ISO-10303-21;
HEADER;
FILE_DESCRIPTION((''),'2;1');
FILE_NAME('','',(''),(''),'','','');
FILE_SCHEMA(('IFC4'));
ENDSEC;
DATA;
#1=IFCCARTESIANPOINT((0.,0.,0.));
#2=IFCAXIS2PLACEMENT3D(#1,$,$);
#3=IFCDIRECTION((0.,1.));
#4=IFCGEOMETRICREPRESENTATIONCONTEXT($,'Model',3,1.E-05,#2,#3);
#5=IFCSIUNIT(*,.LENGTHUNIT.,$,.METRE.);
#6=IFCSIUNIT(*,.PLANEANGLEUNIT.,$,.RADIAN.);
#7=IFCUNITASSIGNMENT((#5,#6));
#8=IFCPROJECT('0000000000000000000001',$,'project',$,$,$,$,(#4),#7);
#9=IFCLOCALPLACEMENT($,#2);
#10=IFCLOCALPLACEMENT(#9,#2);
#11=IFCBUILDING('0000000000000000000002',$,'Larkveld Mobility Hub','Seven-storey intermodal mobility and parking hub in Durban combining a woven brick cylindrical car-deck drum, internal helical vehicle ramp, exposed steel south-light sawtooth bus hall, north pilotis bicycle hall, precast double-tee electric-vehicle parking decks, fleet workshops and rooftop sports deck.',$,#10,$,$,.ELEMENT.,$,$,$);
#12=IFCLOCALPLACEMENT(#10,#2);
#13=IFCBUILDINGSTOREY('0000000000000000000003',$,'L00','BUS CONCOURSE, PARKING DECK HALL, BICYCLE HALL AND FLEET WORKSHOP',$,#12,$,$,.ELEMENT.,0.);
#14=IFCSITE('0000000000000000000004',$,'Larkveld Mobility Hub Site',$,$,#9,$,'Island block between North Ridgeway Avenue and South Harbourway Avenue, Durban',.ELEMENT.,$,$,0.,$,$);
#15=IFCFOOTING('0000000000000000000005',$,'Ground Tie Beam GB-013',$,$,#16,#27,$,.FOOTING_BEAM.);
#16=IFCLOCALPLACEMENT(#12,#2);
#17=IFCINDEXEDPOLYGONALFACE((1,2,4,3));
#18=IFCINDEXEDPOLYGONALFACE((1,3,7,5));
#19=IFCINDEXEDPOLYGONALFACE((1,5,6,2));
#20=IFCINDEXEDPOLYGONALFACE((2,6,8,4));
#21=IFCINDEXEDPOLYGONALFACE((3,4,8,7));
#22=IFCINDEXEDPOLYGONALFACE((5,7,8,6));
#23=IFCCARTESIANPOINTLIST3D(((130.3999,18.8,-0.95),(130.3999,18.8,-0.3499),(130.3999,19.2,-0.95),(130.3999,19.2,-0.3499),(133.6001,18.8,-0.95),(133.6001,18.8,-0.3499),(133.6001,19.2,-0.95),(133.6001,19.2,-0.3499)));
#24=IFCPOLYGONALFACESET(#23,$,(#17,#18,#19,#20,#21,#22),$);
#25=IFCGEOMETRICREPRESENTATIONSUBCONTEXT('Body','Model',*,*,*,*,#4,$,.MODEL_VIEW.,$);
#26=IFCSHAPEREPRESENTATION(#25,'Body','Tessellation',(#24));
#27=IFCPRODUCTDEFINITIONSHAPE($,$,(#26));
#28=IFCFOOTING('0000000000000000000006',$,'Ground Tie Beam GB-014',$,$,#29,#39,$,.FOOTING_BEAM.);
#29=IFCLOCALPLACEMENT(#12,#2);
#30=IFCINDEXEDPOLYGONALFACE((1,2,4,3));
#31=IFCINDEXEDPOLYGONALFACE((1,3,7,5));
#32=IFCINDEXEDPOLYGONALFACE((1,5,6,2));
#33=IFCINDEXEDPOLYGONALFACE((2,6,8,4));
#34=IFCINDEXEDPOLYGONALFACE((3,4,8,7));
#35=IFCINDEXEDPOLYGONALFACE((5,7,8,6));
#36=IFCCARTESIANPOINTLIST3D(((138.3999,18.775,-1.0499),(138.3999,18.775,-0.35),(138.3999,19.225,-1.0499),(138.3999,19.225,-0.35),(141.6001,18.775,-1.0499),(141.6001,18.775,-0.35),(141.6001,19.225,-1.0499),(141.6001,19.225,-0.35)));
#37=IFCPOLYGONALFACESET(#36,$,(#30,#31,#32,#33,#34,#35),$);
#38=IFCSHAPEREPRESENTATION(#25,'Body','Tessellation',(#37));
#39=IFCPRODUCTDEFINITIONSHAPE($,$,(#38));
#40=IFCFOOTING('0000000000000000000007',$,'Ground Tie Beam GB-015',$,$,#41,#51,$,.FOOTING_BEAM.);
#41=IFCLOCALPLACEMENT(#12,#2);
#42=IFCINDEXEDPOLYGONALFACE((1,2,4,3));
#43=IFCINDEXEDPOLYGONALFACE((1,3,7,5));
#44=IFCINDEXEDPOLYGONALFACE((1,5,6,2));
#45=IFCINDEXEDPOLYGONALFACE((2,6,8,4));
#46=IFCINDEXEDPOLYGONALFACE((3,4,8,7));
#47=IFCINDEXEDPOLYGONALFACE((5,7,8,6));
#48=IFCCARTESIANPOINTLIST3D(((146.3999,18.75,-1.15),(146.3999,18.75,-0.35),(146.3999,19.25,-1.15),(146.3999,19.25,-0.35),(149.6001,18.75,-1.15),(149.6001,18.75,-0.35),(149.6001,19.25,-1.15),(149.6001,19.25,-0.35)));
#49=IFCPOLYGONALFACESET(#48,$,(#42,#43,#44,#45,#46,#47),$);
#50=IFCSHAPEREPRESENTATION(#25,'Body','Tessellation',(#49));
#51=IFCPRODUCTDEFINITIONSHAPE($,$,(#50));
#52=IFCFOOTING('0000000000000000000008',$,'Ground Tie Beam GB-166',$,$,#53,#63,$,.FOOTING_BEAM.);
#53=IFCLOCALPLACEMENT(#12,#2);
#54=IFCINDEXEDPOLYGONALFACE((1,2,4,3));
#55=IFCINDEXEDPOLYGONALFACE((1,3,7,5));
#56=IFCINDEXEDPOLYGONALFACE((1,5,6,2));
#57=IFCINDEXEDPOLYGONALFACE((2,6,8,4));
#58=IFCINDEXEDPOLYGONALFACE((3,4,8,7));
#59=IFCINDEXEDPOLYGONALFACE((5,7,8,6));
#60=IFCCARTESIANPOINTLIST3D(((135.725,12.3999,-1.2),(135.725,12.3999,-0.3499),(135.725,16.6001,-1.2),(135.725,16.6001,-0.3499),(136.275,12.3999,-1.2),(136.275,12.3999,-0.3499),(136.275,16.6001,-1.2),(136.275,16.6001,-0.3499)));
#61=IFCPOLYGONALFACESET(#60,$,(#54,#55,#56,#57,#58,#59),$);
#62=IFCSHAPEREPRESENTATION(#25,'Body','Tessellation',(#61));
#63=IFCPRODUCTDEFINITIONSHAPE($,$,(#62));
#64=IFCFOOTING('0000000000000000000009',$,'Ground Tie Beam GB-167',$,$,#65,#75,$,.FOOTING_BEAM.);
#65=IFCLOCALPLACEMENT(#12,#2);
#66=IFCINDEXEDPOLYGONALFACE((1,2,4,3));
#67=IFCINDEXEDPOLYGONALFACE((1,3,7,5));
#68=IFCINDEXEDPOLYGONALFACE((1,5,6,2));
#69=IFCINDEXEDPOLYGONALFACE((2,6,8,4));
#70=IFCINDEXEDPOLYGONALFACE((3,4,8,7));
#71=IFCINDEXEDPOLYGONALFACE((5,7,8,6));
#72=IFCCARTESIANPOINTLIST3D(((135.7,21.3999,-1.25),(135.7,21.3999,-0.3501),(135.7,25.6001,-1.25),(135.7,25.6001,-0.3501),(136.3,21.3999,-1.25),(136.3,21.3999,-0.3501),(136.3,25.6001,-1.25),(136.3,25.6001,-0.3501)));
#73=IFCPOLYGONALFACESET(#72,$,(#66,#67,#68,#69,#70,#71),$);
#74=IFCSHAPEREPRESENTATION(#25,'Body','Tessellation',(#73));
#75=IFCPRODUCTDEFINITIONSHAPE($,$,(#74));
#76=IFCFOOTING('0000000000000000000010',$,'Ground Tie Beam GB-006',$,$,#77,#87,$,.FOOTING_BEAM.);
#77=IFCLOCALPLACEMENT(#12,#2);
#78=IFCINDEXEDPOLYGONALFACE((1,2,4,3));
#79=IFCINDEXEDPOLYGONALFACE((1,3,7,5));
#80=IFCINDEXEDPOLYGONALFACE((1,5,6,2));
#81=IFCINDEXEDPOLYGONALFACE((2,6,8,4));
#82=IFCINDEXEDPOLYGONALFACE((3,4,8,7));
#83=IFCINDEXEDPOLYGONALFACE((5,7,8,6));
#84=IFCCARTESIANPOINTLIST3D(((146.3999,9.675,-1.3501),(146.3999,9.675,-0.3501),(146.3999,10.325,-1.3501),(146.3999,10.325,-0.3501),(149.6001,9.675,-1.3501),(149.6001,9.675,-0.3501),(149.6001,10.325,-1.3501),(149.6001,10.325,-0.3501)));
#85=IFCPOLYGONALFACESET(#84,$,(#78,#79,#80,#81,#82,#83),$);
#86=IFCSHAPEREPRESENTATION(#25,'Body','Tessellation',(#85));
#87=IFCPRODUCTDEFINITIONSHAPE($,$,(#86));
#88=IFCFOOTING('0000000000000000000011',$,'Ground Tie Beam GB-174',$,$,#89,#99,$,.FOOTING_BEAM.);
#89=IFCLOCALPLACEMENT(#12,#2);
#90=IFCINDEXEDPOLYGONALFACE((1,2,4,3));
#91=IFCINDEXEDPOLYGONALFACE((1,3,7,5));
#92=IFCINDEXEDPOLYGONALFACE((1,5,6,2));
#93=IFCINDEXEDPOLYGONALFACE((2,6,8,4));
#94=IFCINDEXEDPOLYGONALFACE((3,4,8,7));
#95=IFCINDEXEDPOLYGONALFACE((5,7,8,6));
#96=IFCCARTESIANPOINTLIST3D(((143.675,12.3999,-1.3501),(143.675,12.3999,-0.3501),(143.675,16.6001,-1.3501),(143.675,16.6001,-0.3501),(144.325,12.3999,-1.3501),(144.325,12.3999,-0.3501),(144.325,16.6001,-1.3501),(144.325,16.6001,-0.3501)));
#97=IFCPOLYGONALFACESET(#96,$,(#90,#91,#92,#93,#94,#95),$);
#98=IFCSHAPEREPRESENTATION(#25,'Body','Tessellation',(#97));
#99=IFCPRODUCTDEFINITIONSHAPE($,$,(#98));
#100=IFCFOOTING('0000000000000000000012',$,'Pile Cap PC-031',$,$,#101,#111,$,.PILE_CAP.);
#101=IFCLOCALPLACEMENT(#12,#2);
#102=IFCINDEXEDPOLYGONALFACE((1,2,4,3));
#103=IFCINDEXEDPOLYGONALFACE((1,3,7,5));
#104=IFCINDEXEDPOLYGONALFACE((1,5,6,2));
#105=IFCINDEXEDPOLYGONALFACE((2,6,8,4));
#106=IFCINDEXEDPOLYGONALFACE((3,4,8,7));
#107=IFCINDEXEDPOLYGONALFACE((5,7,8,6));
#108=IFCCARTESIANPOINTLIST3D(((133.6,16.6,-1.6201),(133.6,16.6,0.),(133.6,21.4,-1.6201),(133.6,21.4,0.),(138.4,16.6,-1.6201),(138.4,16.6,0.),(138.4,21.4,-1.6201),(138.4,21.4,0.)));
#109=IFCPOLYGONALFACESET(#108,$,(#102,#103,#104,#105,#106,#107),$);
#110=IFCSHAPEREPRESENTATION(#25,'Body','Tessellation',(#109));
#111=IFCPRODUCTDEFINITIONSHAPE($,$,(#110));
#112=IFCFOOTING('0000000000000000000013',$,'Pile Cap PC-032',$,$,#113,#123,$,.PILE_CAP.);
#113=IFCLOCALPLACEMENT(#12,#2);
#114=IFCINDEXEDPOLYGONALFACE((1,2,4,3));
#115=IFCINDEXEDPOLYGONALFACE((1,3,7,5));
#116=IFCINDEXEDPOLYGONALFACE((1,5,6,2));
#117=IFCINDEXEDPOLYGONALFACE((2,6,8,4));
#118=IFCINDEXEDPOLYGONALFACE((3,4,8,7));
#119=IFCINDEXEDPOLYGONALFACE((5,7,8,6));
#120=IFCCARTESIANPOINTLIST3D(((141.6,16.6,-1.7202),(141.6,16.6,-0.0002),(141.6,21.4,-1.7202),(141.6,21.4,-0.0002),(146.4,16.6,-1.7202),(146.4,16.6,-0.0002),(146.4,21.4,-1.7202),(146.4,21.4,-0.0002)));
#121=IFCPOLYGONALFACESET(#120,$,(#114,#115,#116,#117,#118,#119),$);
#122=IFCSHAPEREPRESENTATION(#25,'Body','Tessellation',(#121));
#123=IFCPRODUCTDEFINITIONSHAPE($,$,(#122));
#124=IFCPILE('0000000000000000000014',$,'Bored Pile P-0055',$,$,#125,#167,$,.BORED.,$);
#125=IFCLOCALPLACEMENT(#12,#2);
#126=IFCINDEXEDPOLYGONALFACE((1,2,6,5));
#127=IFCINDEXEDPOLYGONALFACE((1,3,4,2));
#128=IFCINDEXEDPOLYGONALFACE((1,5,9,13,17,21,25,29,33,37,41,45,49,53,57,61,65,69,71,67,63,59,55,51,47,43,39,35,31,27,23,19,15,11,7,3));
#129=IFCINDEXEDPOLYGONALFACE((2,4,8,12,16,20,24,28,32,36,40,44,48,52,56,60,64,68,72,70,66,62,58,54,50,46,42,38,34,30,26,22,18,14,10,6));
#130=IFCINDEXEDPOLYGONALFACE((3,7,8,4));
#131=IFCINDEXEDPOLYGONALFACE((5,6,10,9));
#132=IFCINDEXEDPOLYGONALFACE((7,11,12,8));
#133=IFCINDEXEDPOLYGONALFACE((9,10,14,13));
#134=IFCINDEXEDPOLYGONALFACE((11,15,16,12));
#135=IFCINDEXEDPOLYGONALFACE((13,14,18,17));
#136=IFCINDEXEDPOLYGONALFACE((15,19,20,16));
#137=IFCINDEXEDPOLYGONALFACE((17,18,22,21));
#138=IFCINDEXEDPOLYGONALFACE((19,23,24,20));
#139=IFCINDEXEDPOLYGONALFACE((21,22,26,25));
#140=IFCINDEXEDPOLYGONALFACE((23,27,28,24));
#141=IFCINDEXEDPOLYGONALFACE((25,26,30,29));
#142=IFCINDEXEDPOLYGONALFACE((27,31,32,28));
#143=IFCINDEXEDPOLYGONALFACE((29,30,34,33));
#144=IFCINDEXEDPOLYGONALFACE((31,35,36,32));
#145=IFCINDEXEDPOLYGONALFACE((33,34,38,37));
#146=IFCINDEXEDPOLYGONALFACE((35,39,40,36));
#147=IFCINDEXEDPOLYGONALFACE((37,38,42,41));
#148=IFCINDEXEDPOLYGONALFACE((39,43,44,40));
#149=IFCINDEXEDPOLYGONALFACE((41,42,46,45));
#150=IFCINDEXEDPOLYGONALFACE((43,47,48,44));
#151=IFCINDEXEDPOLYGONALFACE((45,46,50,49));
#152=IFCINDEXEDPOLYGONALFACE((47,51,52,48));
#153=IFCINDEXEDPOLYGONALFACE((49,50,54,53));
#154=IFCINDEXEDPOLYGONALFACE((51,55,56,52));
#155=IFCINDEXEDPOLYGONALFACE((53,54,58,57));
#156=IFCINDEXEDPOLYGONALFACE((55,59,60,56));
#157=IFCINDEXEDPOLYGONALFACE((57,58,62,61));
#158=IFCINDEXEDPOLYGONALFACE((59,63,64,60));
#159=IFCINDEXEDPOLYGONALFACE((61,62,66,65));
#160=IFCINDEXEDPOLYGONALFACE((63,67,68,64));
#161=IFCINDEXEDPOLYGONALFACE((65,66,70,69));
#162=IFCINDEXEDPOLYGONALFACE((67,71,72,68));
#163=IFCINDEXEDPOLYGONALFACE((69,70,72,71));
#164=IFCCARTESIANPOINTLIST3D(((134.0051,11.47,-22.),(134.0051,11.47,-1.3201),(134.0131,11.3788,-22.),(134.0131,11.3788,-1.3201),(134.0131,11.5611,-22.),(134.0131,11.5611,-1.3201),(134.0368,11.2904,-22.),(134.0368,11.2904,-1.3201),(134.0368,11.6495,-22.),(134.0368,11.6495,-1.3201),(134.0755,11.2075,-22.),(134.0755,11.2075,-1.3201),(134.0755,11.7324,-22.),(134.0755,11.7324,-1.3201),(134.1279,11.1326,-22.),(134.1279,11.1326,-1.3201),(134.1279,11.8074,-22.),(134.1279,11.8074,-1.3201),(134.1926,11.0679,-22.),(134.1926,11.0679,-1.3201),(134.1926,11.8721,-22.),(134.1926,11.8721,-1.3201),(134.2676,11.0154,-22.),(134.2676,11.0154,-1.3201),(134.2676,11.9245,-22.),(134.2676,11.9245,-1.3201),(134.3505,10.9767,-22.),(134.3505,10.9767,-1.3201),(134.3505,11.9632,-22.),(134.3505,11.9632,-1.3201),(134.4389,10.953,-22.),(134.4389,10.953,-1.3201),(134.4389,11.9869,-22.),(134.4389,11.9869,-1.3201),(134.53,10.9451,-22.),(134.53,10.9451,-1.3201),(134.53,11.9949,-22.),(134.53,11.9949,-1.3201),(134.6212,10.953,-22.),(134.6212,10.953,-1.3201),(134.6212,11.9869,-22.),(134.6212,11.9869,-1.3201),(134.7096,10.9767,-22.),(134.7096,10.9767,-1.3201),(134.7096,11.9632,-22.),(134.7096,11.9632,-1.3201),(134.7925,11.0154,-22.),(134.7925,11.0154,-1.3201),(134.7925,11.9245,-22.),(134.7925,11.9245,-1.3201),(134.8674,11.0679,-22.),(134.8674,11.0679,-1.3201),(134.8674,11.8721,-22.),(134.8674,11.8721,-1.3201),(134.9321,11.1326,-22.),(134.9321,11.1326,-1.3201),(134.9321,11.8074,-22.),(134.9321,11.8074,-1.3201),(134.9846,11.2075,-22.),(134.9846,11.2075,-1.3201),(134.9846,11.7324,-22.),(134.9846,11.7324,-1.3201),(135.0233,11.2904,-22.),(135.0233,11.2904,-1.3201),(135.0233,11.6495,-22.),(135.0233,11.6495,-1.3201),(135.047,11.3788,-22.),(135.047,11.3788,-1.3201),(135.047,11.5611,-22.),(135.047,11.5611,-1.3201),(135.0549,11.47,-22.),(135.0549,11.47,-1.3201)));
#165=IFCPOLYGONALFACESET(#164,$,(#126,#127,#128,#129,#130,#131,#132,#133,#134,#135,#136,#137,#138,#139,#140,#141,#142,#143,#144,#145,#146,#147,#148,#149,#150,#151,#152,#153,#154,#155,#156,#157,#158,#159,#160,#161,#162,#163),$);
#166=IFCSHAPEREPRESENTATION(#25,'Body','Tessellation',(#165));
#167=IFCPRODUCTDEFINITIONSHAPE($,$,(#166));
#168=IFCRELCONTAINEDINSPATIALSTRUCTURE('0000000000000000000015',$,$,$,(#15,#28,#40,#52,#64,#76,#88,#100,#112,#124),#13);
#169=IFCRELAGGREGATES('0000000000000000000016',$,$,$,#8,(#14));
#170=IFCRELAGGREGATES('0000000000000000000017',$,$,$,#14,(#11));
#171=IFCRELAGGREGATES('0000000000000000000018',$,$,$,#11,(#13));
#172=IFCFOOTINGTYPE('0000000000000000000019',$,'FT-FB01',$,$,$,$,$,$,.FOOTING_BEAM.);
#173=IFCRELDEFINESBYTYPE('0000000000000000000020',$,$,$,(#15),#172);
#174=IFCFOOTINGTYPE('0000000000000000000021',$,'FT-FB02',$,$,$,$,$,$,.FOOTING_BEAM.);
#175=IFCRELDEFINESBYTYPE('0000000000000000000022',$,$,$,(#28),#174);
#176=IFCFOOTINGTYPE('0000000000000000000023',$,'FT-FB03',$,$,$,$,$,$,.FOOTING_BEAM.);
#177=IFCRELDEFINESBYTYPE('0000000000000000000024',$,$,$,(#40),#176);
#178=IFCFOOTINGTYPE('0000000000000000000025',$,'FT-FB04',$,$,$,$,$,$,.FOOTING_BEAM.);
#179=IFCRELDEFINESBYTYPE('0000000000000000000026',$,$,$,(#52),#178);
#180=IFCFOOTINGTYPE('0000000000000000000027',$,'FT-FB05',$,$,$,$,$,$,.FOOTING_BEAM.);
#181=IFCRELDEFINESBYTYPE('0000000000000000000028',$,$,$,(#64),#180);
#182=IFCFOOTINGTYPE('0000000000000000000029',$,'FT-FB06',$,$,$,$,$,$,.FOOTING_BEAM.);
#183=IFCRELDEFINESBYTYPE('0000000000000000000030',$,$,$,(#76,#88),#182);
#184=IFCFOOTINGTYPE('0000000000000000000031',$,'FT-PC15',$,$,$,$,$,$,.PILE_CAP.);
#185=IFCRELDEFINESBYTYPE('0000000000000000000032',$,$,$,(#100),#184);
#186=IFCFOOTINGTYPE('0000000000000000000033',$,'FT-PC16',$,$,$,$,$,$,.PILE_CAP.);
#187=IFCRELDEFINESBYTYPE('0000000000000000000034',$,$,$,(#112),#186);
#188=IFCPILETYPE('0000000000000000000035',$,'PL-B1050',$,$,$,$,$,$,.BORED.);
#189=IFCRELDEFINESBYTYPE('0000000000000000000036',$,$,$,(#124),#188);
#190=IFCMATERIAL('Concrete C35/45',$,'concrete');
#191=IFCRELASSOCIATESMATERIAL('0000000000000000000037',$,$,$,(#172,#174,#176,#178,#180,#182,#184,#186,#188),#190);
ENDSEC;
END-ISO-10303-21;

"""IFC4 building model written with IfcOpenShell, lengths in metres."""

from ifc_helpers import new_model, si_unit, direction, frame, origin, origin_2d, place, context, subcontext, project, spatial, rectangle, circle, extrude, material, material_profile, profile_set, type_object, element, save


model = new_model("IFC4")

# Units and contexts
model_context = context("Model", 3, precision=1e-05, world=origin(), true_north=direction((0.0, 1.0)))
body_context = subcontext(model_context, "Body", "Model", "MODEL_VIEW")
ifc_project = project(units=[si_unit("LENGTHUNIT", "METRE"), si_unit("PLANEANGLEUNIT", "RADIAN")], contexts=[model_context])

# Site, building, storey
site_placement = place(None, origin())
site = spatial("IfcSite", under=ifc_project, at=site_placement, Name="Larkveld Mobility Hub Site", LongName="Island block between North Ridgeway Avenue and South Harbourway Avenue, Durban", CompositionType="ELEMENT", RefElevation=0.0)
building_placement = place(site_placement, origin())
building = spatial("IfcBuilding", under=site, at=building_placement, Name="Larkveld Mobility Hub", Description="Seven-storey intermodal mobility and parking hub in Durban combining a woven brick cylindrical car-deck drum, internal helical vehicle ramp, exposed steel south-light sawtooth bus hall, north pilotis bicycle hall, precast double-tee electric-vehicle parking decks, fleet workshops and rooftop sports deck.", CompositionType="ELEMENT")
storey_placement = place(building_placement, origin())
storey = spatial("IfcBuildingStorey", under=building, at=storey_placement, Name="L00", Description="BUS CONCOURSE, PARKING DECK HALL, BICYCLE HALL AND FLEET WORKSHOP", CompositionType="ELEMENT", Elevation=0.0)

# Footings
ifc_material_1 = material(Name="Concrete C35/45", Category="concrete")
ifc_material_profile_1 = material_profile(ifc_material_1, rectangle(XDim=0.3999, YDim=0.6001, at=origin_2d()), Name="RC BM 400x600")
ifc_profile_set_1 = profile_set([ifc_material_profile_1], Name="Concrete C35/45")
footing_type_1 = type_object("IfcFootingType", Name="FT-FB01", PredefinedType="FOOTING_BEAM", material=ifc_profile_set_1)
footing_1_placement = place(storey_placement, frame((130.3999, 19.0, -0.6499), z_axis=(1.0, 0.0, 0.0), x_axis=(0.0, 1.0, 0.0)))
element("IfcFooting", 1, at=footing_1_placement, inside=storey, type_object=footing_type_1, Name="Ground Tie Beam GB-013", PredefinedType="FOOTING_BEAM", context=body_context, shape_type="SweptSolid", body=[
    extrude(rectangle(XDim=0.3999, YDim=0.6001, at=origin_2d()), origin(), (0.0, 0.0, 1.0), 3.2002),
])
ifc_material_profile_2 = material_profile(ifc_material_1, rectangle(XDim=0.45, YDim=0.7, at=origin_2d()), Name="RC BM 450x700")
ifc_profile_set_2 = profile_set([ifc_material_profile_2], Name="Concrete C35/45")
footing_type_2 = type_object("IfcFootingType", Name="FT-FB02", PredefinedType="FOOTING_BEAM", material=ifc_profile_set_2)
footing_2_placement = place(storey_placement, frame((138.3999, 19.0, -0.7), z_axis=(1.0, 0.0, 0.0), x_axis=(0.0, 1.0, 0.0)))
element("IfcFooting", 2, at=footing_2_placement, inside=storey, type_object=footing_type_2, Name="Ground Tie Beam GB-014", PredefinedType="FOOTING_BEAM", context=body_context, shape_type="SweptSolid", body=[
    extrude(rectangle(XDim=0.45, YDim=0.7, at=origin_2d()), origin(), (0.0, 0.0, 1.0), 3.2002),
])
ifc_material_profile_3 = material_profile(ifc_material_1, rectangle(XDim=0.5, YDim=0.8, at=origin_2d()), Name="RC BM 500x800")
ifc_profile_set_3 = profile_set([ifc_material_profile_3], Name="Concrete C35/45")
footing_type_3 = type_object("IfcFootingType", Name="FT-FB03", PredefinedType="FOOTING_BEAM", material=ifc_profile_set_3)
footing_3_placement = place(storey_placement, frame((146.3999, 19.0, -0.75), z_axis=(1.0, 0.0, 0.0), x_axis=(0.0, 1.0, 0.0)))
element("IfcFooting", 3, at=footing_3_placement, inside=storey, type_object=footing_type_3, Name="Ground Tie Beam GB-015", PredefinedType="FOOTING_BEAM", context=body_context, shape_type="SweptSolid", body=[
    extrude(rectangle(XDim=0.5, YDim=0.8, at=origin_2d()), origin(), (0.0, 0.0, 1.0), 3.2002),
])
ifc_material_profile_4 = material_profile(ifc_material_1, rectangle(XDim=0.55, YDim=0.8501, at=origin_2d()), Name="RC BM 550x850")
ifc_profile_set_4 = profile_set([ifc_material_profile_4], Name="Concrete C35/45")
footing_type_4 = type_object("IfcFootingType", Name="FT-FB04", PredefinedType="FOOTING_BEAM", material=ifc_profile_set_4)
footing_4_placement = place(storey_placement, frame((136.0, 12.3999, -0.7749), z_axis=(0.0, 1.0, 0.0), x_axis=(-1.0, 0.0, 0.0)))
element("IfcFooting", 4, at=footing_4_placement, inside=storey, type_object=footing_type_4, Name="Ground Tie Beam GB-166", PredefinedType="FOOTING_BEAM", context=body_context, shape_type="SweptSolid", body=[
    extrude(rectangle(XDim=0.55, YDim=0.8501, at=origin_2d()), origin(), (0.0, 0.0, 1.0), 4.2002),
])
ifc_material_profile_5 = material_profile(ifc_material_1, rectangle(XDim=0.6001, YDim=0.8999, at=origin_2d()), Name="RC BM 600x900")
ifc_profile_set_5 = profile_set([ifc_material_profile_5], Name="Concrete C35/45")
footing_type_5 = type_object("IfcFootingType", Name="FT-FB05", PredefinedType="FOOTING_BEAM", material=ifc_profile_set_5)
footing_5_placement = place(storey_placement, frame((136.0, 21.3999, -0.8), z_axis=(0.0, 1.0, 0.0), x_axis=(-1.0, 0.0, 0.0)))
element("IfcFooting", 5, at=footing_5_placement, inside=storey, type_object=footing_type_5, Name="Ground Tie Beam GB-167", PredefinedType="FOOTING_BEAM", context=body_context, shape_type="SweptSolid", body=[
    extrude(rectangle(XDim=0.6001, YDim=0.8999, at=origin_2d()), origin(), (0.0, 0.0, 1.0), 4.2002),
])
ifc_material_profile_6 = material_profile(ifc_material_1, rectangle(XDim=0.6499, YDim=1.0, at=origin_2d()), Name="RC BM 650x1000")
ifc_profile_set_6 = profile_set([ifc_material_profile_6], Name="Concrete C35/45")
footing_type_6 = type_object("IfcFootingType", Name="FT-FB06", PredefinedType="FOOTING_BEAM", material=ifc_profile_set_6)
footing_6_placement = place(storey_placement, frame((146.3999, 10.0, -0.8501), z_axis=(1.0, 0.0, 0.0), x_axis=(0.0, 1.0, 0.0)))
element("IfcFooting", 6, at=footing_6_placement, inside=storey, type_object=footing_type_6, Name="Ground Tie Beam GB-006", PredefinedType="FOOTING_BEAM", context=body_context, shape_type="SweptSolid", body=[
    extrude(rectangle(XDim=0.6499, YDim=1.0, at=origin_2d()), origin(), (0.0, 0.0, 1.0), 3.2002),
])
footing_7_placement = place(storey_placement, frame((144.0, 12.3999, -0.8501), z_axis=(0.0, 1.0, 0.0), x_axis=(-1.0, 0.0, 0.0)))
element("IfcFooting", 7, at=footing_7_placement, inside=storey, type_object=footing_type_6, Name="Ground Tie Beam GB-174", PredefinedType="FOOTING_BEAM", context=body_context, shape_type="SweptSolid", body=[
    extrude(rectangle(XDim=0.6499, YDim=1.0, at=origin_2d()), origin(), (0.0, 0.0, 1.0), 4.2002),
])
footing_type_7 = type_object("IfcFootingType", Name="FT-PC15", PredefinedType="PILE_CAP", material=ifc_material_1)
footing_8_placement = place(storey_placement, frame((136.0, 19.0, -1.6201), z_axis=(0.0, 0.0, 1.0), x_axis=(1.0, 0.0, 0.0)))
element("IfcFooting", 8, at=footing_8_placement, inside=storey, type_object=footing_type_7, Name="Pile Cap PC-031", PredefinedType="PILE_CAP", context=body_context, shape_type="SweptSolid", body=[
    extrude(rectangle(XDim=4.8, YDim=4.8, at=origin_2d()), origin(), (0.0, 0.0, 1.0), 1.6201),
])
footing_type_8 = type_object("IfcFootingType", Name="FT-PC16", PredefinedType="PILE_CAP", material=ifc_material_1)
footing_9_placement = place(storey_placement, frame((144.0, 19.0, -1.7202), z_axis=(0.0, 0.0, 1.0), x_axis=(1.0, 0.0, 0.0)))
element("IfcFooting", 9, at=footing_9_placement, inside=storey, type_object=footing_type_8, Name="Pile Cap PC-032", PredefinedType="PILE_CAP", context=body_context, shape_type="SweptSolid", body=[
    extrude(rectangle(XDim=4.8, YDim=4.8, at=origin_2d()), origin(), (0.0, 0.0, 1.0), 1.72),
])

# Pile
ifc_material_profile_7 = material_profile(ifc_material_1, circle(Radius=0.5249, at=origin_2d()), Name="PILE D1050")
ifc_profile_set_7 = profile_set([ifc_material_profile_7], Name="Concrete C35/45")
pile_type = type_object("IfcPileType", Name="PL-B1050", PredefinedType="BORED", material=ifc_profile_set_7)
for number, where, z_axis, x_axis, name in (
    (10, (134.53, 11.47, -1.3201), (0.0, 0.0, -1.0), (1.0, 0.0, 0.0), "Bored Pile P-0055"),
):
    element("IfcPile", number, at=place(storey_placement, frame(where, z_axis=z_axis, x_axis=x_axis)), inside=storey, type_object=pile_type, Name=name, PredefinedType="BORED", context=body_context, shape_type="SweptSolid", body=[
        extrude(circle(Radius=0.5249, at=origin_2d()), origin(), (0.0, 0.0, 1.0), 20.6799),
    ])

save(model, "model.ifc")
